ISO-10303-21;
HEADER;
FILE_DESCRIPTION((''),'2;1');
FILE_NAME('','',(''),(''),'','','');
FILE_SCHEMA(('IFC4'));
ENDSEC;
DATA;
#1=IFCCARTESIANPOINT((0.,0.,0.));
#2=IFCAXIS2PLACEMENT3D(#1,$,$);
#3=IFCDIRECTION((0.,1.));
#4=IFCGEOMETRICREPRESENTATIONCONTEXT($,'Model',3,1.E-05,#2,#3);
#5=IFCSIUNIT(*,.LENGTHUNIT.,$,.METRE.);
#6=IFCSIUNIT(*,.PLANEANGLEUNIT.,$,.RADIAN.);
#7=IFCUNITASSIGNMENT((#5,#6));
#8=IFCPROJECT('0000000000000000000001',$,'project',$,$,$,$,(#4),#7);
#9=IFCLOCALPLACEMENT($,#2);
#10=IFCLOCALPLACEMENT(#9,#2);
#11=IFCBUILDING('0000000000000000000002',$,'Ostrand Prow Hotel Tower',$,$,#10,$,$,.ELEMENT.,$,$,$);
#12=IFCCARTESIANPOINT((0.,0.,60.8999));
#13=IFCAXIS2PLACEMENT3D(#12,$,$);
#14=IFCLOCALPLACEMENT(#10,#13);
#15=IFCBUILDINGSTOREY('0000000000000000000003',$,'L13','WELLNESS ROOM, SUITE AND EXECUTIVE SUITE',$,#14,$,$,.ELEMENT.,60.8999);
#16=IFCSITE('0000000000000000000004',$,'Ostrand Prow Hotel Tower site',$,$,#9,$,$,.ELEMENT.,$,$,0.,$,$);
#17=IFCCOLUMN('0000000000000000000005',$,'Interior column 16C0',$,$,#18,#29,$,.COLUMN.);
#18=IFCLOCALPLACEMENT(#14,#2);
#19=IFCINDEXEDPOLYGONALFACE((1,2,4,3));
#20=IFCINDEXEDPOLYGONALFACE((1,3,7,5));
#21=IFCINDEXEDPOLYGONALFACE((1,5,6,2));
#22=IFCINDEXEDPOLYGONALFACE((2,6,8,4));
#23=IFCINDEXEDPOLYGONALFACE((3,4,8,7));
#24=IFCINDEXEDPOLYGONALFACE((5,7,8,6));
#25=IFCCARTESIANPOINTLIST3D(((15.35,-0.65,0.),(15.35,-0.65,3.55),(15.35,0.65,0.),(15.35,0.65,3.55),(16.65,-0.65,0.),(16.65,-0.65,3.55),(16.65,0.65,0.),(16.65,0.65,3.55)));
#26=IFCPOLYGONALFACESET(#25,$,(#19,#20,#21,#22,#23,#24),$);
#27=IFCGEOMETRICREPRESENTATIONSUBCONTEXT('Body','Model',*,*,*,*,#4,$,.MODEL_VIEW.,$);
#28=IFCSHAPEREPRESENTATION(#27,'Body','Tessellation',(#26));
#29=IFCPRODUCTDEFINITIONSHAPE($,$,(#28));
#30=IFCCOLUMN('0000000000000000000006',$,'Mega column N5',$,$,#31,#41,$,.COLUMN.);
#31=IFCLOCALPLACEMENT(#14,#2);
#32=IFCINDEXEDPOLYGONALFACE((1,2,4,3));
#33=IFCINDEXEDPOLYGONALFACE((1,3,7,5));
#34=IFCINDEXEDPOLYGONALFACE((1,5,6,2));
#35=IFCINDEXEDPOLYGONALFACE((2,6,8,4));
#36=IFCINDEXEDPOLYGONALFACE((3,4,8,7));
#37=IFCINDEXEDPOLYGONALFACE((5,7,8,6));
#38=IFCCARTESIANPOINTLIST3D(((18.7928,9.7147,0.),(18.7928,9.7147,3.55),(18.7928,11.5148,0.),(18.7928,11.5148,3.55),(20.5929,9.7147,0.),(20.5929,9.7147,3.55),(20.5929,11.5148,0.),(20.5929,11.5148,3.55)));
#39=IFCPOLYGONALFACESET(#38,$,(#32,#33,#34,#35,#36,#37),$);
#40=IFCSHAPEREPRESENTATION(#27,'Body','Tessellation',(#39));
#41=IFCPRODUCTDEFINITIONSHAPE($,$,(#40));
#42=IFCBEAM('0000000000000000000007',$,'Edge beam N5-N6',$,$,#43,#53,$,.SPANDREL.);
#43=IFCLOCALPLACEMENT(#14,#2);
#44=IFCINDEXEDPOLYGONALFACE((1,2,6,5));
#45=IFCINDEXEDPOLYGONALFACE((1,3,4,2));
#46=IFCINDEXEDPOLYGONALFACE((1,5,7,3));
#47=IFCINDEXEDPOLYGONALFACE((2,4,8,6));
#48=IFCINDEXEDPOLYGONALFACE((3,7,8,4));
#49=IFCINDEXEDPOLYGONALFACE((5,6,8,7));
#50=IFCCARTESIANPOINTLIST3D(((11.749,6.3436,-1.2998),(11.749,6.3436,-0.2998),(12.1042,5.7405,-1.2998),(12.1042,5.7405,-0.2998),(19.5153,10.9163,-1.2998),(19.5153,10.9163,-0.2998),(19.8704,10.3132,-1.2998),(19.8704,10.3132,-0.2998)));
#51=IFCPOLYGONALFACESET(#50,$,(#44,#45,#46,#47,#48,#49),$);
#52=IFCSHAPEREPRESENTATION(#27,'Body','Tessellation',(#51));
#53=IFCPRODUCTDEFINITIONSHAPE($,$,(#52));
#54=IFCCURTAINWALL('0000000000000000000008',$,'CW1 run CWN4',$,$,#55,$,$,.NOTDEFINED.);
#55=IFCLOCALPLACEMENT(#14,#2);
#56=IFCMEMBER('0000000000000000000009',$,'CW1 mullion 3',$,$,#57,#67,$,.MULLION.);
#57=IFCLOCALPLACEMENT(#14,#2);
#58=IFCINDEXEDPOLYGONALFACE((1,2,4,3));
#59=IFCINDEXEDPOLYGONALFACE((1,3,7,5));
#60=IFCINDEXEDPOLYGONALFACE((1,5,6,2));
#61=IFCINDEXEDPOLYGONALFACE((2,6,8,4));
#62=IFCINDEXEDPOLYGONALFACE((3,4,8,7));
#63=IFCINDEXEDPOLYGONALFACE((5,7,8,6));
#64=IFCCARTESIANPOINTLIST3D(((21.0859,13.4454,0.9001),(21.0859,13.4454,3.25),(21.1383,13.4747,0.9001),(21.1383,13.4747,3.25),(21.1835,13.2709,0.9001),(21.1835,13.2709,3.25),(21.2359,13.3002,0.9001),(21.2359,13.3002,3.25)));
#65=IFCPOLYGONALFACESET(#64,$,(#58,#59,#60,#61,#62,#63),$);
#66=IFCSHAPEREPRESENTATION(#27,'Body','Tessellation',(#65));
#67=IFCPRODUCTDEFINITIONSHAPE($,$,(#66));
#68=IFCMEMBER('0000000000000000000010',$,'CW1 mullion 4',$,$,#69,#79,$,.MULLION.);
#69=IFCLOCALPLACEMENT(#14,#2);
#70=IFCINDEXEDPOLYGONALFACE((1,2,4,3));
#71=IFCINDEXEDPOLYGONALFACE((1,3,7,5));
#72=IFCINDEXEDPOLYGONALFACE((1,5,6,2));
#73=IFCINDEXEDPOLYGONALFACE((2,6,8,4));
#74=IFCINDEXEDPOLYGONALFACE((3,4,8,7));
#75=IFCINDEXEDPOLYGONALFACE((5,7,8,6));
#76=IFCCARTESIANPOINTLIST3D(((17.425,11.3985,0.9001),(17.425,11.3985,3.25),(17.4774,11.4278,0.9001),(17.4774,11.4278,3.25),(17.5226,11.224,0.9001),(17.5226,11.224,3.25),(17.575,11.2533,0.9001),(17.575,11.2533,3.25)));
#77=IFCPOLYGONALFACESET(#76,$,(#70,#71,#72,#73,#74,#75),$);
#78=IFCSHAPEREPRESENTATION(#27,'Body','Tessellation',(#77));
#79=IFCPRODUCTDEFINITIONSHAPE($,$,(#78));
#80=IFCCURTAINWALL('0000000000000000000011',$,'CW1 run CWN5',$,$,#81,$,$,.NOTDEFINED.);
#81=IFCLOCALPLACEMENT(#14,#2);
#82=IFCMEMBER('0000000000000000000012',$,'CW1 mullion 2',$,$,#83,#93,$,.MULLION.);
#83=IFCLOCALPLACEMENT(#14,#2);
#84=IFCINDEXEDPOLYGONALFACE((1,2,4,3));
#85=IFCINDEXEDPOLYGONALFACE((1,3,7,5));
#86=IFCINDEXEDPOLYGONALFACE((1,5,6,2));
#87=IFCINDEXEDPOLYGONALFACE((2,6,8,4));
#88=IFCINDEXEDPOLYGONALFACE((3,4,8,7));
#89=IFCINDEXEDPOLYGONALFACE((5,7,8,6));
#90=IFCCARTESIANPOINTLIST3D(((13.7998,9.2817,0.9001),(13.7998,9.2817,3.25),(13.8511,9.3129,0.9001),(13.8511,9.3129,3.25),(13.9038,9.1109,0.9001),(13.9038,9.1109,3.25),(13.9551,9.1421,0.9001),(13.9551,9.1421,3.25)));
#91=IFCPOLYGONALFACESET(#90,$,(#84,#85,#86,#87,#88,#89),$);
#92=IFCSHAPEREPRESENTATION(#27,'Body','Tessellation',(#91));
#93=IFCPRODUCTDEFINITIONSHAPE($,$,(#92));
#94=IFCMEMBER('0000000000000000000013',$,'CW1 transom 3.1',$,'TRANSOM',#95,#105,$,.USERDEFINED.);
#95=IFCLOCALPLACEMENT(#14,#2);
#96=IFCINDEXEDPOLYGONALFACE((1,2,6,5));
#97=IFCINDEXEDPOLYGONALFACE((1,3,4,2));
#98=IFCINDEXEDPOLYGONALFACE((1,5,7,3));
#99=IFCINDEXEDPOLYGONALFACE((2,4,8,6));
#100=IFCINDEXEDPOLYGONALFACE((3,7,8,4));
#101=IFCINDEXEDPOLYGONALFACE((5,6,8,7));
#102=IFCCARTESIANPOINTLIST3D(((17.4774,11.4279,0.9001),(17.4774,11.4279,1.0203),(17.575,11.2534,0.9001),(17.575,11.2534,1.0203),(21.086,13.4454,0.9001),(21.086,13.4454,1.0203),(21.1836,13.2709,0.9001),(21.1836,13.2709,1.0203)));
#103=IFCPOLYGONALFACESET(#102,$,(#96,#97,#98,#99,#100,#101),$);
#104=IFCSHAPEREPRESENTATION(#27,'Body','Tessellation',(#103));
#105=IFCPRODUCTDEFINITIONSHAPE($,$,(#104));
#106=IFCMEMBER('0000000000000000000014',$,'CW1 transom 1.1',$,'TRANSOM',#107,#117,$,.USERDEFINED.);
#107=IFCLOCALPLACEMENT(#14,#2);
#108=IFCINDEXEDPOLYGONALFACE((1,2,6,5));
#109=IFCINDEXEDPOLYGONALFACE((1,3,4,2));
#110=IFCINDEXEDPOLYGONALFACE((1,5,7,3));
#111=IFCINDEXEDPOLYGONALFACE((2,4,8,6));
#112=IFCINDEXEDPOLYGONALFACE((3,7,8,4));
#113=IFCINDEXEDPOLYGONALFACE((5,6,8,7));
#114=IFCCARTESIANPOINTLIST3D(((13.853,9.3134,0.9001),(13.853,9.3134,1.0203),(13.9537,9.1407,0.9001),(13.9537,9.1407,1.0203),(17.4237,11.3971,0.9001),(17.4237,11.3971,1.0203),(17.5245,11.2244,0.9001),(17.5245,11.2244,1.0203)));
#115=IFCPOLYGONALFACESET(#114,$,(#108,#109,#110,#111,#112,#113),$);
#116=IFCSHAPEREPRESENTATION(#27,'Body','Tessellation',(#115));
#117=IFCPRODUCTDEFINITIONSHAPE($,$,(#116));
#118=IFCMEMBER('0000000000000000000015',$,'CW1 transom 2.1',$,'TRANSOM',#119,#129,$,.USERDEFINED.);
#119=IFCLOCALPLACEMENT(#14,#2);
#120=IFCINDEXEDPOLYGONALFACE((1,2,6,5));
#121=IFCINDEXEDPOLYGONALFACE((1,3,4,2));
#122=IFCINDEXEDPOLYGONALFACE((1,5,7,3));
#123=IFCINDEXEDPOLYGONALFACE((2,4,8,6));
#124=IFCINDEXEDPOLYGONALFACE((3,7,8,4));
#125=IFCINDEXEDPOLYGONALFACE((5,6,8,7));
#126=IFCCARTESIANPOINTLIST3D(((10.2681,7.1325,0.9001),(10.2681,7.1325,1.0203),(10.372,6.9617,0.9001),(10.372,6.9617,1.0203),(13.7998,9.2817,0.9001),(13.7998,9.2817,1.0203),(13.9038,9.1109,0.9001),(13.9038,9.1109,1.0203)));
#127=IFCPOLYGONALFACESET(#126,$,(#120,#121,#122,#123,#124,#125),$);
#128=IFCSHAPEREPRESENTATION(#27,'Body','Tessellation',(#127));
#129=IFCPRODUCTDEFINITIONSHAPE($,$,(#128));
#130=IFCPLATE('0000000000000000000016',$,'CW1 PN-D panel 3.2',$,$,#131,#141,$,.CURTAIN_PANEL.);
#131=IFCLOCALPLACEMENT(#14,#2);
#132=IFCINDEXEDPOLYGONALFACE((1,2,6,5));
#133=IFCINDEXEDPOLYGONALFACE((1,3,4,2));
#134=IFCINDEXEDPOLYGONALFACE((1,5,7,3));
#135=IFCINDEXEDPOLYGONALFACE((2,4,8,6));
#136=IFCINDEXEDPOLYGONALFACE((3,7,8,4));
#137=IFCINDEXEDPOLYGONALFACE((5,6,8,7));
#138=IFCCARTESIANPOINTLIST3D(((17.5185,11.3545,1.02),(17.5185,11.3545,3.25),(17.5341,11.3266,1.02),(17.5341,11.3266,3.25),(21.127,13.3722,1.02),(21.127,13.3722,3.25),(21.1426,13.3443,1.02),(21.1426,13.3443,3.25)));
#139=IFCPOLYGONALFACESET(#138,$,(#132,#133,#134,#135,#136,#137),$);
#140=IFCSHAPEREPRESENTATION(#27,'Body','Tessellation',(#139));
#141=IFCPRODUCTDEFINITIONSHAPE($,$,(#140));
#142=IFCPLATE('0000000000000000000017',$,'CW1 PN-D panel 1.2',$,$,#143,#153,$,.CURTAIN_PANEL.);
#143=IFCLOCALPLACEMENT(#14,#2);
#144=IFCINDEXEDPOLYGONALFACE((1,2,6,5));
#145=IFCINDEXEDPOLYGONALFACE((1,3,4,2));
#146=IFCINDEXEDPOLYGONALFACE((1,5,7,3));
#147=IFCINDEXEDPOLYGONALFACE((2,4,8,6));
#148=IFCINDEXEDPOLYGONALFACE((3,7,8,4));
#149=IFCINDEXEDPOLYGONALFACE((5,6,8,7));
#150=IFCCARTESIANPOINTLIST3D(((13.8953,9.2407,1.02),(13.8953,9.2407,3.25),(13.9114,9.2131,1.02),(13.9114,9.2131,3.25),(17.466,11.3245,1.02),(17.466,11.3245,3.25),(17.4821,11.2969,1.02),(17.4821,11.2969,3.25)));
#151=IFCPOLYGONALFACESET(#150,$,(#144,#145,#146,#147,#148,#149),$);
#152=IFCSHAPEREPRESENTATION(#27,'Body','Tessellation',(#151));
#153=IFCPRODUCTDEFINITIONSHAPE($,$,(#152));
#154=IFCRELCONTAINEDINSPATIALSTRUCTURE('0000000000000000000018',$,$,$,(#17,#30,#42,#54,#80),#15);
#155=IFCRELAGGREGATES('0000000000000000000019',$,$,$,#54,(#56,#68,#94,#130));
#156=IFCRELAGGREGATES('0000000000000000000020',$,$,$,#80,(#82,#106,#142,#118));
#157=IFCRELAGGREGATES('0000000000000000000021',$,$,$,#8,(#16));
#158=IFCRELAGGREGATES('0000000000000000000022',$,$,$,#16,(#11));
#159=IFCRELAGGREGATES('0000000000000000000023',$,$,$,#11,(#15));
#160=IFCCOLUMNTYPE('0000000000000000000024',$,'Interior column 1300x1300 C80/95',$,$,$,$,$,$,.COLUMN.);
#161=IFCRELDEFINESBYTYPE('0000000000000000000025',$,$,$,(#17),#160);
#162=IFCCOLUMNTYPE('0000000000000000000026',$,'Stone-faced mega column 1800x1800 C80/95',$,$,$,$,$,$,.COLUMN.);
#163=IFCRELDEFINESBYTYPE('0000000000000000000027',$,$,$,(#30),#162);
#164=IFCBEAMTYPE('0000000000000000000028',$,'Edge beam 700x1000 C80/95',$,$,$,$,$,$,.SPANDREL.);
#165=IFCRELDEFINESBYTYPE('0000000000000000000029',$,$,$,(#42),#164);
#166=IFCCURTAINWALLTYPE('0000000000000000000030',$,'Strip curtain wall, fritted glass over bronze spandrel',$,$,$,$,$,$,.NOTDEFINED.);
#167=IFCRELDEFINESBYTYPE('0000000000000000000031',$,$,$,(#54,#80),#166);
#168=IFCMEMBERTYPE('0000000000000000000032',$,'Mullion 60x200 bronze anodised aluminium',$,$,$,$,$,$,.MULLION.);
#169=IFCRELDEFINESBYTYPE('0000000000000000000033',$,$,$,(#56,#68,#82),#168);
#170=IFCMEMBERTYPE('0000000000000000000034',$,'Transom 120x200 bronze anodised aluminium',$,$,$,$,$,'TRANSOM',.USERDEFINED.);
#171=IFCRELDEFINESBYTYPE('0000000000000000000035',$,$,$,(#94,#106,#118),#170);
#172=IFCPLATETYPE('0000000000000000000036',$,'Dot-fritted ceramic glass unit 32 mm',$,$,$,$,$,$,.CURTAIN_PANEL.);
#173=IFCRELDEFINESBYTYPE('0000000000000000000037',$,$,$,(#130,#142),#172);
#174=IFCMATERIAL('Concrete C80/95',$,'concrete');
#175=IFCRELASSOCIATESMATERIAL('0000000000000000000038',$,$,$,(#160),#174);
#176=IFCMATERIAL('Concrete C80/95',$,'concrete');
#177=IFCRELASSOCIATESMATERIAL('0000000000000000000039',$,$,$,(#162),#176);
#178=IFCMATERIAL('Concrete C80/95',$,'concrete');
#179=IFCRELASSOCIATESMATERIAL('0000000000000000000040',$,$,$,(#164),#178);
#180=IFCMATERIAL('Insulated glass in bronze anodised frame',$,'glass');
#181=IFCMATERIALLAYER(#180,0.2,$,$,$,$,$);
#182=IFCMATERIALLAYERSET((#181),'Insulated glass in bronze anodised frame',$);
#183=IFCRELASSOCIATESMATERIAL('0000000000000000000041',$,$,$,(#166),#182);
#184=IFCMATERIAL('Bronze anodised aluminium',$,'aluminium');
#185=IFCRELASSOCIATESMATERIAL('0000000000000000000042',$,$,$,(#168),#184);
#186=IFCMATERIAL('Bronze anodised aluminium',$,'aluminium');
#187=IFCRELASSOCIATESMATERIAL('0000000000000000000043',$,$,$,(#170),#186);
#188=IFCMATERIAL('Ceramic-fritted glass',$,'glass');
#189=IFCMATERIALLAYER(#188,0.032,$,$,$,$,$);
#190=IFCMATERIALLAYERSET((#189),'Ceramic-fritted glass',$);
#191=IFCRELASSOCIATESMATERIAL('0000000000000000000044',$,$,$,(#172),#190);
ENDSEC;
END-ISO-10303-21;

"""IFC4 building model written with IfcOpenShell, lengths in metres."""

from ifc_helpers import new_model, si_unit, direction, frame, origin, origin_2d, place, context, subcontext, project, spatial, rectangle, extrude, material, layer, layer_set, material_profile, profile_set, type_object, element, aggregate, save


model = new_model("IFC4")

# Units and contexts
model_context = context("Model", 3, precision=1e-05, world=origin(), true_north=direction((0.0, 1.0)))
body_context = subcontext(model_context, "Body", "Model", "MODEL_VIEW")
ifc_project = project(units=[si_unit("LENGTHUNIT", "METRE"), si_unit("PLANEANGLEUNIT", "RADIAN")], contexts=[model_context])

# Site, building, storey
site_placement = place(None, origin())
site = spatial("IfcSite", under=ifc_project, at=site_placement, Name="Ostrand Prow Hotel Tower site", CompositionType="ELEMENT", RefElevation=0.0)
building_placement = place(site_placement, origin())
building = spatial("IfcBuilding", under=site, at=building_placement, Name="Ostrand Prow Hotel Tower", CompositionType="ELEMENT")
storey_placement = place(building_placement, frame((0.0, 0.0, 60.8999)))
storey = spatial("IfcBuildingStorey", under=building, at=storey_placement, Name="L13", Description="WELLNESS ROOM, SUITE AND EXECUTIVE SUITE", CompositionType="ELEMENT", Elevation=60.8999)

# Columns
ifc_material_1 = material(Name="Concrete C80/95", Category="concrete")
ifc_material_profile_1 = material_profile(ifc_material_1, rectangle(XDim=1.3, YDim=1.3, at=origin_2d()), Name="RC 1300x1300")
ifc_profile_set_1 = profile_set([ifc_material_profile_1], Name="Concrete C80/95")
column_type_1 = type_object("IfcColumnType", Name="Interior column 1300x1300 C80/95", PredefinedType="COLUMN", material=ifc_profile_set_1)
column_1_placement = place(storey_placement, frame((16.0, 0.0, 0.0), z_axis=(0.0, 0.0, 1.0), x_axis=(1.0, 0.0, 0.0)))
element("IfcColumn", 1, at=column_1_placement, inside=storey, type_object=column_type_1, Name="Interior column 16C0", PredefinedType="COLUMN", context=body_context, shape_type="SweptSolid", body=[
    extrude(rectangle(XDim=1.3, YDim=1.3, at=origin_2d()), origin(), (0.0, 0.0, 1.0), 3.55),
])
ifc_material_2 = material(Name="Concrete C80/95", Category="concrete")
ifc_material_profile_2 = material_profile(ifc_material_2, rectangle(XDim=1.8, YDim=1.8, at=origin_2d()), Name="RC 1800x1800")
ifc_profile_set_2 = profile_set([ifc_material_profile_2], Name="Concrete C80/95")
column_type_2 = type_object("IfcColumnType", Name="Stone-faced mega column 1800x1800 C80/95", PredefinedType="COLUMN", material=ifc_profile_set_2)
column_2_placement = place(storey_placement, frame((19.6929, 10.6147, 0.0), z_axis=(0.0, 0.0, 1.0), x_axis=(1.0, 0.0, 0.0)))
element("IfcColumn", 2, at=column_2_placement, inside=storey, type_object=column_type_2, Name="Mega column N5", PredefinedType="COLUMN", context=body_context, shape_type="SweptSolid", body=[
    extrude(rectangle(XDim=1.8, YDim=1.8, at=origin_2d()), origin(), (0.0, 0.0, 1.0), 3.55),
])

# Beam
ifc_material_3 = material(Name="Concrete C80/95", Category="concrete")
ifc_material_profile_3 = material_profile(ifc_material_3, rectangle(XDim=0.7, YDim=1.0, at=origin_2d()), Name="RC 700x1000")
ifc_profile_set_3 = profile_set([ifc_material_profile_3], Name="Concrete C80/95")
beam_type = type_object("IfcBeamType", Name="Edge beam 700x1000 C80/95", PredefinedType="SPANDREL", material=ifc_profile_set_3)
beam_placement = place(storey_placement, frame((19.6929, 10.6147, -0.7998), z_axis=(-0.861725, -0.507375, 0.0), x_axis=(0.507375, -0.861725, 0.0)))
element("IfcBeam", 3, at=beam_placement, inside=storey, type_object=beam_type, Name="Edge beam N5-N6", PredefinedType="SPANDREL", context=body_context, shape_type="SweptSolid", body=[
    extrude(rectangle(XDim=0.7, YDim=1.0, at=origin_2d()), origin(), (0.0, 0.0, 1.0), 9.0125),
])

# Curtain wall, members
ifc_material_4 = material(Name="Insulated glass in bronze anodised frame", Category="glass")
ifc_layer_1 = layer(ifc_material_4, 0.2)
ifc_layer_set_1 = layer_set([ifc_layer_1], Name="Insulated glass in bronze anodised frame")
curtain_wall_type = type_object("IfcCurtainWallType", Name="Strip curtain wall, fritted glass over bronze spandrel", PredefinedType="NOTDEFINED", material=ifc_layer_set_1)
curtain_wall_1_placement = place(storey_placement, origin())
curtain_wall_1 = element("IfcCurtainWall", 4, at=curtain_wall_1_placement, inside=storey, type_object=curtain_wall_type, Name="CW1 run CWN4", PredefinedType="NOTDEFINED")
ifc_material_5 = material(Name="Bronze anodised aluminium", Category="aluminium")
ifc_material_profile_4 = material_profile(ifc_material_5, rectangle(XDim=0.2, YDim=0.0601, at=origin_2d()), Name="Mullion 60x200 bronze anodised aluminium")
ifc_profile_set_4 = profile_set([ifc_material_profile_4], Name="Bronze anodised aluminium")
member_type_1 = type_object("IfcMemberType", Name="Mullion 60x200 bronze anodised aluminium", PredefinedType="MULLION", material=ifc_profile_set_4)
member_1_placement = place(storey_placement, frame((21.1609, 13.3728, 0.9001), z_axis=(0.0, 0.0, 1.0), x_axis=(0.488044, -0.872819, 0.0)))
member_1 = element("IfcMember", 5, at=member_1_placement, type_object=member_type_1, Name="CW1 mullion 3", PredefinedType="MULLION", context=body_context, shape_type="SweptSolid", body=[
    extrude(rectangle(XDim=0.2, YDim=0.0601, at=origin_2d()), origin(), (0.0, 0.0, 1.0), 2.3499),
])
member_2_placement = place(storey_placement, frame((17.5, 11.3259, 0.9001), z_axis=(0.0, 0.0, 1.0), x_axis=(0.488044, -0.872819, 0.0)))
member_2 = element("IfcMember", 6, at=member_2_placement, type_object=member_type_1, Name="CW1 mullion 4", PredefinedType="MULLION", context=body_context, shape_type="SweptSolid", body=[
    extrude(rectangle(XDim=0.2, YDim=0.0601, at=origin_2d()), origin(), (0.0, 0.0, 1.0), 2.3499),
])

# Curtain wall, member
curtain_wall_2_placement = place(storey_placement, origin())
curtain_wall_2 = element("IfcCurtainWall", 7, at=curtain_wall_2_placement, inside=storey, type_object=curtain_wall_type, Name="CW1 run CWN5", PredefinedType="NOTDEFINED")
member_3_placement = place(storey_placement, frame((13.8774, 9.2119, 0.9001), z_axis=(0.0, 0.0, 1.0), x_axis=(0.519831, -0.854269, 0.0)))
member_3 = element("IfcMember", 8, at=member_3_placement, type_object=member_type_1, Name="CW1 mullion 2", PredefinedType="MULLION", context=body_context, shape_type="SweptSolid", body=[
    extrude(rectangle(XDim=0.2, YDim=0.0601, at=origin_2d()), origin(), (0.0, 0.0, 1.0), 2.3499),
])

# Members
ifc_material_6 = material(Name="Bronze anodised aluminium", Category="aluminium")
ifc_material_profile_5 = material_profile(ifc_material_6, rectangle(XDim=0.2, YDim=0.1201, at=origin_2d()), Name="Transom 120x200 bronze anodised aluminium")
ifc_profile_set_5 = profile_set([ifc_material_profile_5], Name="Bronze anodised aluminium")
member_type_2 = type_object("IfcMemberType", Name="Transom 120x200 bronze anodised aluminium", ElementType="TRANSOM", PredefinedType="USERDEFINED", material=ifc_profile_set_5)
member_4_placement = place(storey_placement, frame((21.1348, 13.3582, 0.9602), z_axis=(-0.872842, -0.488003, 0.0), x_axis=(0.488003, -0.872842, 0.0)))
member_4 = element("IfcMember", 9, at=member_4_placement, type_object=member_type_2, Name="CW1 transom 3.1", ObjectType="TRANSOM", PredefinedType="USERDEFINED", context=body_context, shape_type="SweptSolid", body=[
    extrude(rectangle(XDim=0.2, YDim=0.1201, at=origin_2d()), origin(), (0.0, 0.0, 1.0), 4.1343),
])
member_5_placement = place(storey_placement, frame((17.4741, 11.3108, 0.9602), z_axis=(-0.863698, -0.504011, 0.0), x_axis=(0.504011, -0.863698, 0.0)))
member_5 = element("IfcMember", 10, at=member_5_placement, type_object=member_type_2, Name="CW1 transom 1.1", ObjectType="TRANSOM", PredefinedType="USERDEFINED", context=body_context, shape_type="SweptSolid", body=[
    extrude(rectangle(XDim=0.2, YDim=0.1201, at=origin_2d()), origin(), (0.0, 0.0, 1.0), 4.1343),
])
member_6_placement = place(storey_placement, frame((13.8518, 9.1963, 0.9602), z_axis=(-0.854261, -0.519844, 0.0), x_axis=(0.519844, -0.854261, 0.0)))
member_6 = element("IfcMember", 11, at=member_6_placement, type_object=member_type_2, Name="CW1 transom 2.1", ObjectType="TRANSOM", PredefinedType="USERDEFINED", context=body_context, shape_type="SweptSolid", body=[
    extrude(rectangle(XDim=0.2, YDim=0.1201, at=origin_2d()), origin(), (0.0, 0.0, 1.0), 4.1343),
])

# Plates
ifc_material_7 = material(Name="Ceramic-fritted glass", Category="glass")
ifc_layer_2 = layer(ifc_material_7, 0.032)
ifc_layer_set_2 = layer_set([ifc_layer_2], Name="Ceramic-fritted glass")
plate_type = type_object("IfcPlateType", Name="Dot-fritted ceramic glass unit 32 mm", PredefinedType="CURTAIN_PANEL", material=ifc_layer_set_2)
plate_1_placement = place(storey_placement, frame((19.3306, 12.3494, 1.02), z_axis=(0.0, 0.0, 1.0), x_axis=(-0.872819, -0.488044, 0.0)))
plate_1 = element("IfcPlate", 12, at=plate_1_placement, type_object=plate_type, Name="CW1 PN-D panel 3.2", PredefinedType="CURTAIN_PANEL", context=body_context, shape_type="SweptSolid", body=[
    extrude(rectangle(XDim=4.1343, YDim=0.032, at=origin_2d()), origin(), (0.0, 0.0, 1.0), 2.23),
])
aggregate(curtain_wall_1, [member_1, member_2, member_4, plate_1])
plate_2_placement = place(storey_placement, frame((15.6887, 10.2688, 1.02), z_axis=(0.0, 0.0, 1.0), x_axis=(-0.86369, -0.504023, 0.0)))
plate_2 = element("IfcPlate", 13, at=plate_2_placement, type_object=plate_type, Name="CW1 PN-D panel 1.2", PredefinedType="CURTAIN_PANEL", context=body_context, shape_type="SweptSolid", body=[
    extrude(rectangle(XDim=4.1343, YDim=0.032, at=origin_2d()), origin(), (0.0, 0.0, 1.0), 2.23),
])
aggregate(curtain_wall_2, [member_3, member_5, plate_2, member_6])

save(model, "model.ifc")
